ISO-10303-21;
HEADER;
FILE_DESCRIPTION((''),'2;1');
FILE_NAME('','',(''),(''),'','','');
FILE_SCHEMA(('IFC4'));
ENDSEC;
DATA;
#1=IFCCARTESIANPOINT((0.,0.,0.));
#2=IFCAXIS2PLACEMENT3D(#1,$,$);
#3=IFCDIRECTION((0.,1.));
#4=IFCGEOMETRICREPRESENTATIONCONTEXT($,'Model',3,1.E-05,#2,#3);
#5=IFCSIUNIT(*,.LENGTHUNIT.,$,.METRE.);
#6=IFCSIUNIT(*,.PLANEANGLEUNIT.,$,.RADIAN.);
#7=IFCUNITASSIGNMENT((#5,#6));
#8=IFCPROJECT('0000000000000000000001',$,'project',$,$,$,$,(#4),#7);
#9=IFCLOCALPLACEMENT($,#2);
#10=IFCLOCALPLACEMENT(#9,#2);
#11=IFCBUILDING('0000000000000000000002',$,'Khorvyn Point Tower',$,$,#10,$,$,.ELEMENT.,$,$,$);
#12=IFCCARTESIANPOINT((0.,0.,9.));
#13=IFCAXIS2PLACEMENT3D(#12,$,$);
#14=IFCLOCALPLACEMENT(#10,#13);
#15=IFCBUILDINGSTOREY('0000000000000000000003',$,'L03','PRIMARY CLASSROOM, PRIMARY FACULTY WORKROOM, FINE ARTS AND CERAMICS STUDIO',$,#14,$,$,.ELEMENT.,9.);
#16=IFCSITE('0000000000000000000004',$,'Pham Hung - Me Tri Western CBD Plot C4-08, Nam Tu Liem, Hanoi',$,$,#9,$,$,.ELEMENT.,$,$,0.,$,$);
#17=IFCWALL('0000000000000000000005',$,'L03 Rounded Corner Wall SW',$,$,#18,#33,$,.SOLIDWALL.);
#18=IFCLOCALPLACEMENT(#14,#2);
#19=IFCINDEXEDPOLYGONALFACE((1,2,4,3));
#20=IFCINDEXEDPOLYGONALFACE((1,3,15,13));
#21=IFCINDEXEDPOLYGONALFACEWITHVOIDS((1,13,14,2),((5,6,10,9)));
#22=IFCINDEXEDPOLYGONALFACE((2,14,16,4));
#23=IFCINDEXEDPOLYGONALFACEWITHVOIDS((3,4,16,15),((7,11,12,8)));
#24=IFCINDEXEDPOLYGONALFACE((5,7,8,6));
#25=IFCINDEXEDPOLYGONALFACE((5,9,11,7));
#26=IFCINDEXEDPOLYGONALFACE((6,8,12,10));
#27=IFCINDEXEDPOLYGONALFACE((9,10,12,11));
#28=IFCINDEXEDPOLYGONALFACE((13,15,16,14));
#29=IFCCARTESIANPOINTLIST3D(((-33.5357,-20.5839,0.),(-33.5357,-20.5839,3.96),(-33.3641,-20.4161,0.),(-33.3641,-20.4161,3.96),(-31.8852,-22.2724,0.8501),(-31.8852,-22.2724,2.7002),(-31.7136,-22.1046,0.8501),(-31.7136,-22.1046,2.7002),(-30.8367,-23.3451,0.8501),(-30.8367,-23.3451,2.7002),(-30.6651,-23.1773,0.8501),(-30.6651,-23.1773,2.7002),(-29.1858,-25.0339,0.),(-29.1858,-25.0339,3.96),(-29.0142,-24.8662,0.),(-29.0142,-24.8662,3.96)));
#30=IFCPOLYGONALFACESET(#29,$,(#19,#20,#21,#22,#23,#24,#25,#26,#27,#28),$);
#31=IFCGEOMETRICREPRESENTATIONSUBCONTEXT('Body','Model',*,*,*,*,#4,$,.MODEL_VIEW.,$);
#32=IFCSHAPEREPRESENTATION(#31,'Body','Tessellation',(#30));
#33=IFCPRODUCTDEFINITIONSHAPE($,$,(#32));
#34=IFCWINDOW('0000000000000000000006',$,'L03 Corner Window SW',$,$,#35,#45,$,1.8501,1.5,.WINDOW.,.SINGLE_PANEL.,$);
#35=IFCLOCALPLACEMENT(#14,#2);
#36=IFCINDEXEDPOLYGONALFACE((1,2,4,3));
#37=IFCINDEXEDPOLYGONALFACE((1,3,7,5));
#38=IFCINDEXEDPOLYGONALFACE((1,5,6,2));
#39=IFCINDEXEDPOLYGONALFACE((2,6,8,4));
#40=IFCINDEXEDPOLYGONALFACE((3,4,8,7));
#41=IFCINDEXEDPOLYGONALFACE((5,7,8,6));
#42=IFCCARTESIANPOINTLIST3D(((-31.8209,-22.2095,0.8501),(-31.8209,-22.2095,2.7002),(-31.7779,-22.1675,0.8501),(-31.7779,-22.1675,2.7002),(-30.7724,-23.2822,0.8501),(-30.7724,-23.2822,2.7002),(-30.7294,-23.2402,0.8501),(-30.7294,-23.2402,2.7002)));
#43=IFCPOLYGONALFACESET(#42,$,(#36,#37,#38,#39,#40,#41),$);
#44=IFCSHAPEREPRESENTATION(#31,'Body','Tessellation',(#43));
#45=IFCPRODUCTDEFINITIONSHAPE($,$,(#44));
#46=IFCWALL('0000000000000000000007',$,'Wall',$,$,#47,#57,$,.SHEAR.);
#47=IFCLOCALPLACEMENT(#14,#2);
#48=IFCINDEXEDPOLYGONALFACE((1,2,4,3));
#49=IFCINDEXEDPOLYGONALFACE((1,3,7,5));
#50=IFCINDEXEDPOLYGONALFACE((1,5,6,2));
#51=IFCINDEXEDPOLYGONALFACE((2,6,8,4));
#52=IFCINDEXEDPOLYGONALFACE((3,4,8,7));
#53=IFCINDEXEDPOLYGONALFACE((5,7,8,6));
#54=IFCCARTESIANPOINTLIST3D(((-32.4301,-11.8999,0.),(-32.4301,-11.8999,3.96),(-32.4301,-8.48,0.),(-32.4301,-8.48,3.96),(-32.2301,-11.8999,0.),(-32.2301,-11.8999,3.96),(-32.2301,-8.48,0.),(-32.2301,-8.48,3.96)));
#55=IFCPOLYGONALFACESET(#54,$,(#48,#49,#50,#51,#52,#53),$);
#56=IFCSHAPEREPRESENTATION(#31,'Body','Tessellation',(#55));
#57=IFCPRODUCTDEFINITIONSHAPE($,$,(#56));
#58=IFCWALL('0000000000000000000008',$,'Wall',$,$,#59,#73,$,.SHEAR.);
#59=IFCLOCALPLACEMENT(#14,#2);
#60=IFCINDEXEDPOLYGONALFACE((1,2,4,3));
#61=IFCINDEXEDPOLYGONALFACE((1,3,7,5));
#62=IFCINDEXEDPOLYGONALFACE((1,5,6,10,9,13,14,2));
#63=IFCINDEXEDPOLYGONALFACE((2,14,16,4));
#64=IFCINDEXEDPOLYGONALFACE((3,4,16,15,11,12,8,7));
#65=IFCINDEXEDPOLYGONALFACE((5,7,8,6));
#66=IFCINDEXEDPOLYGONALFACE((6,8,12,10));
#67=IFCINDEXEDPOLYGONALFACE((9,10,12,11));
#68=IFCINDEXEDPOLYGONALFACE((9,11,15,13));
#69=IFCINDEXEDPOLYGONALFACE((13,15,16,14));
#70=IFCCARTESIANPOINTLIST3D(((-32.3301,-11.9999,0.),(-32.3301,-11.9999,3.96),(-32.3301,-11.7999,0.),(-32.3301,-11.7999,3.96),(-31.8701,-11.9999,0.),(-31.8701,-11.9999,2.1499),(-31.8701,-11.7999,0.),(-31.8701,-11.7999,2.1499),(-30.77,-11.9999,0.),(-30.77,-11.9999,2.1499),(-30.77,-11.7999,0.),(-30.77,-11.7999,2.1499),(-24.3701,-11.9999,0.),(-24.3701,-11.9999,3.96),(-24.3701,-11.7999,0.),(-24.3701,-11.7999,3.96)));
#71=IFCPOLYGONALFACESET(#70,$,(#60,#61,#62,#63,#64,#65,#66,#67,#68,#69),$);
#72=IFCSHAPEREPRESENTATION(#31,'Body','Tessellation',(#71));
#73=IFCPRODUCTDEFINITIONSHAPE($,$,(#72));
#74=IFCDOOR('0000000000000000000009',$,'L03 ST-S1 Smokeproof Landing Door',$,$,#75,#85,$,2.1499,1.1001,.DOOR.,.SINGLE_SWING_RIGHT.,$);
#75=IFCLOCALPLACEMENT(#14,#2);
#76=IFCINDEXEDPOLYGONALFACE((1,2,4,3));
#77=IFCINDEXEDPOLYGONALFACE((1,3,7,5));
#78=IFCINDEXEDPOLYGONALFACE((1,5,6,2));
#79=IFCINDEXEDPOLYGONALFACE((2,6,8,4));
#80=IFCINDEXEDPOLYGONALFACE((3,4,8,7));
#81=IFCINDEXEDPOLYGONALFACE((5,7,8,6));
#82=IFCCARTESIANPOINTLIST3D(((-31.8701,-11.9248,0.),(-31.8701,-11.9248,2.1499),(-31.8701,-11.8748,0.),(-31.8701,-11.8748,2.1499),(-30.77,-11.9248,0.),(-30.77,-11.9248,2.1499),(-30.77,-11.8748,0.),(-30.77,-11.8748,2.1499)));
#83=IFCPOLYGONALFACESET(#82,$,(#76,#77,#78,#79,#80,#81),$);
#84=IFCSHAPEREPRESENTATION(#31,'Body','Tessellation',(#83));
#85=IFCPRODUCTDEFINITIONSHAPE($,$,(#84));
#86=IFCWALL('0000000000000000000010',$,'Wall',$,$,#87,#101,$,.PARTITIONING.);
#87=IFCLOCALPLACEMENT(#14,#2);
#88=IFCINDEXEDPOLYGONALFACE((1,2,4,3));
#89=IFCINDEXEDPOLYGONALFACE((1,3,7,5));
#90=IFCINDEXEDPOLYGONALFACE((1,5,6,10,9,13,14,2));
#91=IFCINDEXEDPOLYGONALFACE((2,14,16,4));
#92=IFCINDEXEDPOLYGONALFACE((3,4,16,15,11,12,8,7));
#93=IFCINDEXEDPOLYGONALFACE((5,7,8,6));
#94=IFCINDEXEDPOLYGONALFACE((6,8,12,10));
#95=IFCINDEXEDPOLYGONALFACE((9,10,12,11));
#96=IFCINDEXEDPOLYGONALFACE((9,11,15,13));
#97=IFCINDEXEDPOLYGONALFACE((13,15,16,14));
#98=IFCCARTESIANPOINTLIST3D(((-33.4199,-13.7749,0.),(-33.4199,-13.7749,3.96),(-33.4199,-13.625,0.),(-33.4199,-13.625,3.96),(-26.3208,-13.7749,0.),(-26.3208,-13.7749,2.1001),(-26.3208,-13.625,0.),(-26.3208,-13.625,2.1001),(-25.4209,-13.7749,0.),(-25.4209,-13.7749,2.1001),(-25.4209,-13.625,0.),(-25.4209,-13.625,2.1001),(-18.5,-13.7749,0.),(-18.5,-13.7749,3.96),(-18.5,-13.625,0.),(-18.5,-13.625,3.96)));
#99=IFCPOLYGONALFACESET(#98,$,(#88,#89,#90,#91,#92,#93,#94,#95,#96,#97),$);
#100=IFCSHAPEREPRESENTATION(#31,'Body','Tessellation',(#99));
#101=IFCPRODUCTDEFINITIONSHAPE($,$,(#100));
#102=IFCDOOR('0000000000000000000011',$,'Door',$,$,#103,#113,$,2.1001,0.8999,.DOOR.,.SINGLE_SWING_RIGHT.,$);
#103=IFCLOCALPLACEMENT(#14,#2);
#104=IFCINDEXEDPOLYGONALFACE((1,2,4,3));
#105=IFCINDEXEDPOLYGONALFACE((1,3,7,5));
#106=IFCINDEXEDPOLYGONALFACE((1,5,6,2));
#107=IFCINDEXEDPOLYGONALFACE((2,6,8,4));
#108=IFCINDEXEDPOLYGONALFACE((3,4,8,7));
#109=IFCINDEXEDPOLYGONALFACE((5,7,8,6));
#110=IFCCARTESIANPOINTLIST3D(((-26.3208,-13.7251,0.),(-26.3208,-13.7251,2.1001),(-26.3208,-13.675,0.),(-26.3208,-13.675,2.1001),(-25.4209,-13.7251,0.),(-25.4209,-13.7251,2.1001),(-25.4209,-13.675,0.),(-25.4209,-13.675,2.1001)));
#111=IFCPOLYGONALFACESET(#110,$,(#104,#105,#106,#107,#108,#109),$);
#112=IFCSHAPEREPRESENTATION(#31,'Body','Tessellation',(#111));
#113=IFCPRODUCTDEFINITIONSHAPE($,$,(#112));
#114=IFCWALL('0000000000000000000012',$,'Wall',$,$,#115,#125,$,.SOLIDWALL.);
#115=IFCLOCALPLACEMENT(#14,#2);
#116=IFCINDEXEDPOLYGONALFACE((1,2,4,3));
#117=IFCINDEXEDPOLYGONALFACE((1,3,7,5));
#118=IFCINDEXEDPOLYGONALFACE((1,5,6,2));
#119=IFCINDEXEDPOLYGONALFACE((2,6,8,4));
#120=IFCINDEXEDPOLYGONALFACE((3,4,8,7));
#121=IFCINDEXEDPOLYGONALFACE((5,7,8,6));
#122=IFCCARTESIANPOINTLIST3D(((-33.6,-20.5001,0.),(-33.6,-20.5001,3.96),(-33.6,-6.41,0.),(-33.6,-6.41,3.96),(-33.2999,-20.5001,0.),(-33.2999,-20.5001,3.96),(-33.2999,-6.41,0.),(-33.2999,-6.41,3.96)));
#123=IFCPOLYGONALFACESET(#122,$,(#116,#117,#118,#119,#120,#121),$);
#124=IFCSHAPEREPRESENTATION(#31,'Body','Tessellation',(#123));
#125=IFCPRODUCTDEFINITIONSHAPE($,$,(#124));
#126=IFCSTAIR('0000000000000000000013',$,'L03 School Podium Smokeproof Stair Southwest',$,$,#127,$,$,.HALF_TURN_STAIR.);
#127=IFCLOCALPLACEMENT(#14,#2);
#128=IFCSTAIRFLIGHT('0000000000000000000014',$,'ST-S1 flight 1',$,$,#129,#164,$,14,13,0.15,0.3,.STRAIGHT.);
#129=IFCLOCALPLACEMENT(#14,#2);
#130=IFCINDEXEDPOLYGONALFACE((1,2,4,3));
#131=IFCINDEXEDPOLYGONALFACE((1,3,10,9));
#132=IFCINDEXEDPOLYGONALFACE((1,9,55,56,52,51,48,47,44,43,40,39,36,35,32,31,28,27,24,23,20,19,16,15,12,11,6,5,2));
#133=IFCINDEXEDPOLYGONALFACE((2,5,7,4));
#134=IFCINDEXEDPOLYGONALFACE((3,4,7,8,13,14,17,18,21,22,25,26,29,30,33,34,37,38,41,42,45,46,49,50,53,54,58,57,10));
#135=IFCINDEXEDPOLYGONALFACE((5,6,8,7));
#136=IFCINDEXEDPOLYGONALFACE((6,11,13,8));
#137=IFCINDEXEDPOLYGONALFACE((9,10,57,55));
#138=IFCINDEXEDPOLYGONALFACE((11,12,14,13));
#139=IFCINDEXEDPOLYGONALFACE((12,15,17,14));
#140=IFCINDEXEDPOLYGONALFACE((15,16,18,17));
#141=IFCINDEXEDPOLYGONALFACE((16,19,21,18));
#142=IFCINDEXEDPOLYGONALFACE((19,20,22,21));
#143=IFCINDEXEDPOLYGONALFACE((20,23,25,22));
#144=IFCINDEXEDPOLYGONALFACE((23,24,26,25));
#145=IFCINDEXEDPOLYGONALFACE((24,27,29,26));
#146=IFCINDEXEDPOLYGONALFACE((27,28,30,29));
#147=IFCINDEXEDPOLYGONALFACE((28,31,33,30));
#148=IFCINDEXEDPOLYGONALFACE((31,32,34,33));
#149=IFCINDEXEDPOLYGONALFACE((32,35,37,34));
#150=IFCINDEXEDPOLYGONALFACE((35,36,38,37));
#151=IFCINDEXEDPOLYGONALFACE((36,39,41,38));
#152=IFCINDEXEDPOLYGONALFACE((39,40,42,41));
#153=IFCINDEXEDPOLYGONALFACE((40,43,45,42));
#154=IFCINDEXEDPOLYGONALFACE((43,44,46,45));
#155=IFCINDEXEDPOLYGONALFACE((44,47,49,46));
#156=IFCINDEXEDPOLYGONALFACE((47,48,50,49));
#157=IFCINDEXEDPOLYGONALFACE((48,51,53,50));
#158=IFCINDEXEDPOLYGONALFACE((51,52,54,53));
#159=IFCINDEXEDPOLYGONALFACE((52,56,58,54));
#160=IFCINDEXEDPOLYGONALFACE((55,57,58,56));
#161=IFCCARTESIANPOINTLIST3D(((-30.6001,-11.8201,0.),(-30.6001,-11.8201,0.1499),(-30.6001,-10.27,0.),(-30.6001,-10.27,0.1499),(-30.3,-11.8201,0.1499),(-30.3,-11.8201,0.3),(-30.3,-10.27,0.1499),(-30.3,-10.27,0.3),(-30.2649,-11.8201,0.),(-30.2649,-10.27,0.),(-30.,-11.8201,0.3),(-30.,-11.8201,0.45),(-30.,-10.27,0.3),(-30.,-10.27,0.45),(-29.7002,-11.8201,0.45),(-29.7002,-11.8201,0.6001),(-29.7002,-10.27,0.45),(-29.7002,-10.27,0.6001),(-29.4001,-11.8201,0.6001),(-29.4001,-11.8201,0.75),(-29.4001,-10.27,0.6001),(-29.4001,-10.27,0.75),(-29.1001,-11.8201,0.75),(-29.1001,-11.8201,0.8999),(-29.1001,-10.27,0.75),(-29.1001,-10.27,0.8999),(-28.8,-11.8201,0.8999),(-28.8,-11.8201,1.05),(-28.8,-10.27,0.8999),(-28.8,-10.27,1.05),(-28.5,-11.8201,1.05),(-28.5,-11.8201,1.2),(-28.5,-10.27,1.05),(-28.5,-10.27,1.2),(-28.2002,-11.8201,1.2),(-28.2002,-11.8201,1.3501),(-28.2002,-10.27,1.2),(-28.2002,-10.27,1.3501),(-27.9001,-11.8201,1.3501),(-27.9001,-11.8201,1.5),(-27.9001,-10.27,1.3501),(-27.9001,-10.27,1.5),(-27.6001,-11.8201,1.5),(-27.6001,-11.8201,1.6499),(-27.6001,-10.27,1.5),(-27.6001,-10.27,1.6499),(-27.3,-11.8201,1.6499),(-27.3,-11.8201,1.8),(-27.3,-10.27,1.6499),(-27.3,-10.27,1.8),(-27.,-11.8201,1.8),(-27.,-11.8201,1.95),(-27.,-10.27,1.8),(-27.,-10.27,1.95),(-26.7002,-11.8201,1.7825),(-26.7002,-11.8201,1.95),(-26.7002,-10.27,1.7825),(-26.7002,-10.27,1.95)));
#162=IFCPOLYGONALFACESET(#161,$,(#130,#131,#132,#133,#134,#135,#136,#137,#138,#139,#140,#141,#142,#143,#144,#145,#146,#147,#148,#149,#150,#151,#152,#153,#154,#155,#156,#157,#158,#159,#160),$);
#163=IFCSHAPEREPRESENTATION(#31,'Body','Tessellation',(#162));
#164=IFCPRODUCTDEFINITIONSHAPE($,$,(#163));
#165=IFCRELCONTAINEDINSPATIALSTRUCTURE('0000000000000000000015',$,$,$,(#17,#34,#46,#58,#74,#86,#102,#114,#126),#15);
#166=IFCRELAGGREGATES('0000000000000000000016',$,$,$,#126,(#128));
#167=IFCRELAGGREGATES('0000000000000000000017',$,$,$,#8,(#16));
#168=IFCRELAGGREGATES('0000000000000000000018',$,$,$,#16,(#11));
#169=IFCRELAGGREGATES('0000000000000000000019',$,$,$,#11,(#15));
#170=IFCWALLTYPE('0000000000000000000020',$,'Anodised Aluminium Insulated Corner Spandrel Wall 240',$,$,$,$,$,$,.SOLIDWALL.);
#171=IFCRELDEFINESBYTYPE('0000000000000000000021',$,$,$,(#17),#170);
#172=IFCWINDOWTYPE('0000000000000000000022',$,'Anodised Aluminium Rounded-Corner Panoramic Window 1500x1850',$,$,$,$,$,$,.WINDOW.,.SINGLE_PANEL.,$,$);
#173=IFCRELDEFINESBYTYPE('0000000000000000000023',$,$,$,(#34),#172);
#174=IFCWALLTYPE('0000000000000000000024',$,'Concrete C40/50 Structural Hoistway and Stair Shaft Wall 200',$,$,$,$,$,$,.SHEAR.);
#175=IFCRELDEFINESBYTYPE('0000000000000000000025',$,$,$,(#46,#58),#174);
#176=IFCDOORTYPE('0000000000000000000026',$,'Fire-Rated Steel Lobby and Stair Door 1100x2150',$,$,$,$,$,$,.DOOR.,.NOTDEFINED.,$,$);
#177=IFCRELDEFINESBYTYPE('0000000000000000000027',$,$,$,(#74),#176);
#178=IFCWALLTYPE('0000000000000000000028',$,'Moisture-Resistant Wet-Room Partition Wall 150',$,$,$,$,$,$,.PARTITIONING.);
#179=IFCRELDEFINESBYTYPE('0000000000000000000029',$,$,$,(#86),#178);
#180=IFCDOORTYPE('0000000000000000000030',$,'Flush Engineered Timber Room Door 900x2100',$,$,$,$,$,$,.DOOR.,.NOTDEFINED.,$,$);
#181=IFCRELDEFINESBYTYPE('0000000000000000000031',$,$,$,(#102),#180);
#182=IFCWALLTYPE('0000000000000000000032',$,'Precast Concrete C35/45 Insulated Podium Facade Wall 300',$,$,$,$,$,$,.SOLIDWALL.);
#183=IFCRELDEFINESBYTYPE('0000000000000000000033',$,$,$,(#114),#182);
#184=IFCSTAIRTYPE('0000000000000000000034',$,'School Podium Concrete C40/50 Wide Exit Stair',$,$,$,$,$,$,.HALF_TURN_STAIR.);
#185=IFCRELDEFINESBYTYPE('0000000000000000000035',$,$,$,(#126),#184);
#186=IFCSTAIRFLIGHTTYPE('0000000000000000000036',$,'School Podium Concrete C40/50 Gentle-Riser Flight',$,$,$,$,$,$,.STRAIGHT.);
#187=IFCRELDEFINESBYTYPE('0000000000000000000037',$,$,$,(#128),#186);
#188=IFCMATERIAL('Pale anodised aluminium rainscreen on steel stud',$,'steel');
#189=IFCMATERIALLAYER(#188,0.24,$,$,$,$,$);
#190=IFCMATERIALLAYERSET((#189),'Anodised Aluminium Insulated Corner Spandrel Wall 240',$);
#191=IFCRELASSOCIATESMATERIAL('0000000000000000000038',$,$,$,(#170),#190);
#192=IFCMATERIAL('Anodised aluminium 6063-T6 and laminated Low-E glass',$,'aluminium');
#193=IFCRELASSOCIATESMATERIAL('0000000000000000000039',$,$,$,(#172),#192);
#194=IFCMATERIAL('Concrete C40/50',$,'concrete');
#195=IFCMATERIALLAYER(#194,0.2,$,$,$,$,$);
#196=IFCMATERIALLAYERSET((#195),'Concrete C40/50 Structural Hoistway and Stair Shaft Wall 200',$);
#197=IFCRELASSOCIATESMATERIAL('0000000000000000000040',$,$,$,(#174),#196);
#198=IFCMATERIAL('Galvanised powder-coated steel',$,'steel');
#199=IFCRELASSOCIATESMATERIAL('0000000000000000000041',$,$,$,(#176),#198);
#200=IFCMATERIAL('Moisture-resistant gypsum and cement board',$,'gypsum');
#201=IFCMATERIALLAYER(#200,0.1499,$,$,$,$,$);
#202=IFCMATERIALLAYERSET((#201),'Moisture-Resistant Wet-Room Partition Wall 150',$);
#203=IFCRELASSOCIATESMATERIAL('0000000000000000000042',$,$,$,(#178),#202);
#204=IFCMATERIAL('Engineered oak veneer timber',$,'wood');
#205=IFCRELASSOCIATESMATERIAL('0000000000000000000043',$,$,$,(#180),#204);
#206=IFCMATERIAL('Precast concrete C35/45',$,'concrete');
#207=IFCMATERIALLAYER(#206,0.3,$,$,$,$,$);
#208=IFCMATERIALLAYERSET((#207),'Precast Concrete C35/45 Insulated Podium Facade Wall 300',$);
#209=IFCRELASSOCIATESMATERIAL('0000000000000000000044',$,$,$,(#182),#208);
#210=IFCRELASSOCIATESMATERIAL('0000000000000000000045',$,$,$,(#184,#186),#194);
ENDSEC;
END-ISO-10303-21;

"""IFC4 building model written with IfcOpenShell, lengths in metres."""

from ifc_helpers import new_model, si_unit, direction, frame, frame_2d, origin, place, context, subcontext, project, spatial, polyline, rectangle, outline, extrude, material, layer, layer_set, type_object, element, fill, aggregate, save


model = new_model("IFC4")

# Units and contexts
model_context = context("Model", 3, precision=1e-05, world=origin(), true_north=direction((0.0, 1.0)))
body_context = subcontext(model_context, "Body", "Model", "MODEL_VIEW")
ifc_project = project(units=[si_unit("LENGTHUNIT", "METRE"), si_unit("PLANEANGLEUNIT", "RADIAN")], contexts=[model_context])

# Site, building, storey
site_placement = place(None, origin())
site = spatial("IfcSite", under=ifc_project, at=site_placement, Name="Pham Hung - Me Tri Western CBD Plot C4-08, Nam Tu Liem, Hanoi", CompositionType="ELEMENT", RefElevation=0.0)
building_placement = place(site_placement, origin())
building = spatial("IfcBuilding", under=site, at=building_placement, Name="Khorvyn Point Tower", CompositionType="ELEMENT")
storey_placement = place(building_placement, frame((0.0, 0.0, 9.0)))
storey = spatial("IfcBuildingStorey", under=building, at=storey_placement, Name="L03", Description="PRIMARY CLASSROOM, PRIMARY FACULTY WORKROOM, FINE ARTS AND CERAMICS STUDIO", CompositionType="ELEMENT", Elevation=9.0)

# Shared definitions
ifc_material_1 = material(Name="Concrete C40/50", Category="concrete")

# Wall, opening, window
ifc_material_2 = material(Name="Pale anodised aluminium rainscreen on steel stud", Category="steel")
ifc_layer_1 = layer(ifc_material_2, 0.24)
ifc_layer_set_1 = layer_set([ifc_layer_1], Name="Anodised Aluminium Insulated Corner Spandrel Wall 240")
wall_type_1 = type_object("IfcWallType", Name="Anodised Aluminium Insulated Corner Spandrel Wall 240", PredefinedType="SOLIDWALL", material=ifc_layer_set_1)
wall_1_placement = place(storey_placement, frame((-29.1001, -24.95, 0.0), z_axis=(0.0, 0.0, 1.0), x_axis=(-0.699018, 0.715104, 0.0)))
wall_1 = element("IfcWall", 1, at=wall_1_placement, inside=storey, type_object=wall_type_1, Name="L03 Rounded Corner Wall SW", PredefinedType="SOLIDWALL", context=body_context, shape_type="SweptSolid", body=[
    extrude(rectangle(XDim=6.2229, YDim=0.24, at=frame_2d((3.1113, 0.0))), origin(), (0.0, 0.0, 1.0), 3.96),
])
opening_1_placement = place(wall_1_placement, frame((2.3616, 0.0, 0.8501)))
opening_1 = element("IfcOpeningElement", 2, at=opening_1_placement, cuts=wall_1, PredefinedType="OPENING", context=body_context, shape_type="SweptSolid", body=[
    extrude(rectangle(XDim=1.5, YDim=1.8501, at=frame_2d((0.75, 0.925))), frame((0.0, 0.1299, 0.0), z_axis=(0.0, -1.0, 0.0), x_axis=(1.0, 0.0, 0.0)), (0.0, 0.0, 1.0), 0.26),
])
ifc_material_3 = material(Name="Anodised aluminium 6063-T6 and laminated Low-E glass", Category="aluminium")
window_type = type_object("IfcWindowType", Name="Anodised Aluminium Rounded-Corner Panoramic Window 1500x1850", PartitioningType="SINGLE_PANEL", PredefinedType="WINDOW", material=ifc_material_3)
window_placement = place(opening_1_placement, origin())
window = element("IfcWindow", 3, at=window_placement, inside=storey, type_object=window_type, Name="L03 Corner Window SW", OverallHeight=1.8501, OverallWidth=1.5, PartitioningType="SINGLE_PANEL", PredefinedType="WINDOW", context=body_context, shape_type="SweptSolid", body=[
    extrude(rectangle(XDim=1.5, YDim=1.8501, at=frame_2d((0.75, 0.925))), frame((0.0, 0.03, 0.0), z_axis=(0.0, -1.0, 0.0), x_axis=(1.0, 0.0, 0.0)), (0.0, 0.0, 1.0), 0.0601),
])
fill(opening_1, window)

# Wall
ifc_layer_2 = layer(ifc_material_1, 0.2)
ifc_layer_set_2 = layer_set([ifc_layer_2], Name="Concrete C40/50 Structural Hoistway and Stair Shaft Wall 200")
wall_type_2 = type_object("IfcWallType", Name="Concrete C40/50 Structural Hoistway and Stair Shaft Wall 200", PredefinedType="SHEAR", material=ifc_layer_set_2)
wall_2_placement = place(storey_placement, frame((-32.3301, -11.8999, 0.0), z_axis=(0.0, 0.0, 1.0), x_axis=(0.0, 1.0, 0.0)))
element("IfcWall", 4, at=wall_2_placement, inside=storey, type_object=wall_type_2, Name="Wall", PredefinedType="SHEAR", context=body_context, shape_type="SweptSolid", body=[
    extrude(rectangle(XDim=3.4199, YDim=0.2, at=frame_2d((1.71, 0.0))), origin(), (0.0, 0.0, 1.0), 3.96),
])

# Walls, openings, doors
wall_3_placement = place(storey_placement, frame((-24.3701, -11.8999, 0.0), z_axis=(0.0, 0.0, 1.0), x_axis=(-1.0, 0.0, 0.0)))
wall_3 = element("IfcWall", 5, at=wall_3_placement, inside=storey, type_object=wall_type_2, Name="Wall", PredefinedType="SHEAR", context=body_context, shape_type="SweptSolid", body=[
    extrude(rectangle(XDim=7.96, YDim=0.2, at=frame_2d((3.98, 0.0))), origin(), (0.0, 0.0, 1.0), 3.96),
])
opening_2_placement = place(wall_3_placement, frame((6.3999, 0.0, 0.0)))
opening_2 = element("IfcOpeningElement", 6, at=opening_2_placement, cuts=wall_3, PredefinedType="OPENING", context=body_context, shape_type="SweptSolid", body=[
    extrude(rectangle(XDim=1.1001, YDim=2.1499, at=frame_2d((0.55, 1.075))), frame((0.0, 0.1099, 0.0), z_axis=(0.0, -1.0, 0.0), x_axis=(1.0, 0.0, 0.0)), (0.0, 0.0, 1.0), 0.22),
])
ifc_material_4 = material(Name="Galvanised powder-coated steel", Category="steel")
door_type_1 = type_object("IfcDoorType", Name="Fire-Rated Steel Lobby and Stair Door 1100x2150", OperationType="NOTDEFINED", PredefinedType="DOOR", material=ifc_material_4)
door_1_placement = place(opening_2_placement, origin())
door_1 = element("IfcDoor", 7, at=door_1_placement, inside=storey, type_object=door_type_1, Name="L03 ST-S1 Smokeproof Landing Door", OperationType="SINGLE_SWING_RIGHT", OverallHeight=2.1499, OverallWidth=1.1001, PredefinedType="DOOR", context=body_context, shape_type="SweptSolid", body=[
    extrude(rectangle(XDim=1.1001, YDim=2.1499, at=frame_2d((0.55, 1.075))), frame((0.0, 0.0249, 0.0), z_axis=(0.0, -1.0, 0.0), x_axis=(1.0, 0.0, 0.0)), (0.0, 0.0, 1.0), 0.05),
])
fill(opening_2, door_1)
ifc_material_5 = material(Name="Moisture-resistant gypsum and cement board", Category="gypsum")
ifc_layer_3 = layer(ifc_material_5, 0.1499)
ifc_layer_set_3 = layer_set([ifc_layer_3], Name="Moisture-Resistant Wet-Room Partition Wall 150")
wall_type_3 = type_object("IfcWallType", Name="Moisture-Resistant Wet-Room Partition Wall 150", PredefinedType="PARTITIONING", material=ifc_layer_set_3)
wall_4_placement = place(storey_placement, frame((-33.4199, -13.7, 0.0), z_axis=(0.0, 0.0, 1.0), x_axis=(1.0, 0.0, 0.0)))
wall_4 = element("IfcWall", 8, at=wall_4_placement, inside=storey, type_object=wall_type_3, Name="Wall", PredefinedType="PARTITIONING", context=body_context, shape_type="SweptSolid", body=[
    extrude(rectangle(XDim=14.9199, YDim=0.1499, at=frame_2d((7.46, 0.0))), origin(), (0.0, 0.0, 1.0), 3.96),
])
opening_3_placement = place(wall_4_placement, frame((7.0991, 0.0, 0.0)))
opening_3 = element("IfcOpeningElement", 9, at=opening_3_placement, cuts=wall_4, PredefinedType="OPENING", context=body_context, shape_type="SweptSolid", body=[
    extrude(rectangle(XDim=0.8999, YDim=2.1001, at=frame_2d((0.45, 1.05))), frame((0.0, 0.085, 0.0), z_axis=(0.0, -1.0, 0.0), x_axis=(1.0, 0.0, 0.0)), (0.0, 0.0, 1.0), 0.1699),
])
ifc_material_6 = material(Name="Engineered oak veneer timber", Category="wood")
door_type_2 = type_object("IfcDoorType", Name="Flush Engineered Timber Room Door 900x2100", OperationType="NOTDEFINED", PredefinedType="DOOR", material=ifc_material_6)
door_2_placement = place(opening_3_placement, origin())
door_2 = element("IfcDoor", 10, at=door_2_placement, inside=storey, type_object=door_type_2, Name="Door", OperationType="SINGLE_SWING_RIGHT", OverallHeight=2.1001, OverallWidth=0.8999, PredefinedType="DOOR", context=body_context, shape_type="SweptSolid", body=[
    extrude(rectangle(XDim=0.8999, YDim=2.1001, at=frame_2d((0.45, 1.05))), frame((0.0, 0.0249, 0.0), z_axis=(0.0, -1.0, 0.0), x_axis=(1.0, 0.0, 0.0)), (0.0, 0.0, 1.0), 0.05),
])
fill(opening_3, door_2)

# Wall
ifc_material_7 = material(Name="Precast concrete C35/45", Category="concrete")
ifc_layer_4 = layer(ifc_material_7, 0.3)
ifc_layer_set_4 = layer_set([ifc_layer_4], Name="Precast Concrete C35/45 Insulated Podium Facade Wall 300")
wall_type_4 = type_object("IfcWallType", Name="Precast Concrete C35/45 Insulated Podium Facade Wall 300", PredefinedType="SOLIDWALL", material=ifc_layer_set_4)
wall_5_placement = place(storey_placement, frame((-33.45, -20.5, 0.0), z_axis=(0.0, 0.0, 1.0), x_axis=(0.0, 1.0, 0.0)))
element("IfcWall", 11, at=wall_5_placement, inside=storey, type_object=wall_type_4, Name="Wall", PredefinedType="SOLIDWALL", context=body_context, shape_type="SweptSolid", body=[
    extrude(rectangle(XDim=14.0901, YDim=0.3, at=frame_2d((7.0449, 0.0))), origin(), (0.0, 0.0, 1.0), 3.96),
])

# Stair, stair flight
stair_type = type_object("IfcStairType", Name="School Podium Concrete C40/50 Wide Exit Stair", PredefinedType="HALF_TURN_STAIR", material=ifc_material_1)
stair_placement = place(storey_placement, origin())
stair = element("IfcStair", 12, at=stair_placement, inside=storey, type_object=stair_type, Name="L03 School Podium Smokeproof Stair Southwest", PredefinedType="HALF_TURN_STAIR")
stair_flight_type = type_object("IfcStairFlightType", Name="School Podium Concrete C40/50 Gentle-Riser Flight", PredefinedType="STRAIGHT", material=ifc_material_1)
stair_flight_placement = place(storey_placement, frame((-30.6001, -11.0449, 0.0), z_axis=(0.0, 0.0, 1.0), x_axis=(1.0, 0.0, 0.0)))
stair_flight = element("IfcStairFlight", 13, at=stair_flight_placement, type_object=stair_flight_type, Name="ST-S1 flight 1", NumberOfRisers=14, NumberOfTreads=13, PredefinedType="STRAIGHT", RiserHeight=0.15, TreadLength=0.3, context=body_context, shape_type="SweptSolid", body=[
    extrude(outline(polyline([(0.0, 0.0), (0.0, 0.1499), (0.3, 0.1499), (0.3, 0.3), (0.6001, 0.3), (0.6001, 0.45), (0.8999, 0.45), (0.8999, 0.6001), (1.2, 0.6001), (1.2, 0.75), (1.5, 0.75), (1.5, 0.8999), (1.8, 0.8999), (1.8, 1.05), (2.1001, 1.05), (2.1001, 1.2), (2.3999, 1.2), (2.3999, 1.3501), (2.7, 1.3501), (2.7, 1.5), (3.0, 1.5), (3.0, 1.6499), (3.3, 1.6499), (3.3, 1.8), (3.6001, 1.8), (3.6001, 1.95), (3.8999, 1.95), (3.8999, 2.1001), (3.8999, 1.7825), (0.3352, 0.0), (0.0, 0.0)])), frame((0.0, 0.7749, 0.0), z_axis=(0.0, -1.0, 0.0), x_axis=(1.0, 0.0, 0.0)), (0.0, 0.0, 1.0), 1.55),
])
aggregate(stair, [stair_flight])

save(model, "model.ifc")
